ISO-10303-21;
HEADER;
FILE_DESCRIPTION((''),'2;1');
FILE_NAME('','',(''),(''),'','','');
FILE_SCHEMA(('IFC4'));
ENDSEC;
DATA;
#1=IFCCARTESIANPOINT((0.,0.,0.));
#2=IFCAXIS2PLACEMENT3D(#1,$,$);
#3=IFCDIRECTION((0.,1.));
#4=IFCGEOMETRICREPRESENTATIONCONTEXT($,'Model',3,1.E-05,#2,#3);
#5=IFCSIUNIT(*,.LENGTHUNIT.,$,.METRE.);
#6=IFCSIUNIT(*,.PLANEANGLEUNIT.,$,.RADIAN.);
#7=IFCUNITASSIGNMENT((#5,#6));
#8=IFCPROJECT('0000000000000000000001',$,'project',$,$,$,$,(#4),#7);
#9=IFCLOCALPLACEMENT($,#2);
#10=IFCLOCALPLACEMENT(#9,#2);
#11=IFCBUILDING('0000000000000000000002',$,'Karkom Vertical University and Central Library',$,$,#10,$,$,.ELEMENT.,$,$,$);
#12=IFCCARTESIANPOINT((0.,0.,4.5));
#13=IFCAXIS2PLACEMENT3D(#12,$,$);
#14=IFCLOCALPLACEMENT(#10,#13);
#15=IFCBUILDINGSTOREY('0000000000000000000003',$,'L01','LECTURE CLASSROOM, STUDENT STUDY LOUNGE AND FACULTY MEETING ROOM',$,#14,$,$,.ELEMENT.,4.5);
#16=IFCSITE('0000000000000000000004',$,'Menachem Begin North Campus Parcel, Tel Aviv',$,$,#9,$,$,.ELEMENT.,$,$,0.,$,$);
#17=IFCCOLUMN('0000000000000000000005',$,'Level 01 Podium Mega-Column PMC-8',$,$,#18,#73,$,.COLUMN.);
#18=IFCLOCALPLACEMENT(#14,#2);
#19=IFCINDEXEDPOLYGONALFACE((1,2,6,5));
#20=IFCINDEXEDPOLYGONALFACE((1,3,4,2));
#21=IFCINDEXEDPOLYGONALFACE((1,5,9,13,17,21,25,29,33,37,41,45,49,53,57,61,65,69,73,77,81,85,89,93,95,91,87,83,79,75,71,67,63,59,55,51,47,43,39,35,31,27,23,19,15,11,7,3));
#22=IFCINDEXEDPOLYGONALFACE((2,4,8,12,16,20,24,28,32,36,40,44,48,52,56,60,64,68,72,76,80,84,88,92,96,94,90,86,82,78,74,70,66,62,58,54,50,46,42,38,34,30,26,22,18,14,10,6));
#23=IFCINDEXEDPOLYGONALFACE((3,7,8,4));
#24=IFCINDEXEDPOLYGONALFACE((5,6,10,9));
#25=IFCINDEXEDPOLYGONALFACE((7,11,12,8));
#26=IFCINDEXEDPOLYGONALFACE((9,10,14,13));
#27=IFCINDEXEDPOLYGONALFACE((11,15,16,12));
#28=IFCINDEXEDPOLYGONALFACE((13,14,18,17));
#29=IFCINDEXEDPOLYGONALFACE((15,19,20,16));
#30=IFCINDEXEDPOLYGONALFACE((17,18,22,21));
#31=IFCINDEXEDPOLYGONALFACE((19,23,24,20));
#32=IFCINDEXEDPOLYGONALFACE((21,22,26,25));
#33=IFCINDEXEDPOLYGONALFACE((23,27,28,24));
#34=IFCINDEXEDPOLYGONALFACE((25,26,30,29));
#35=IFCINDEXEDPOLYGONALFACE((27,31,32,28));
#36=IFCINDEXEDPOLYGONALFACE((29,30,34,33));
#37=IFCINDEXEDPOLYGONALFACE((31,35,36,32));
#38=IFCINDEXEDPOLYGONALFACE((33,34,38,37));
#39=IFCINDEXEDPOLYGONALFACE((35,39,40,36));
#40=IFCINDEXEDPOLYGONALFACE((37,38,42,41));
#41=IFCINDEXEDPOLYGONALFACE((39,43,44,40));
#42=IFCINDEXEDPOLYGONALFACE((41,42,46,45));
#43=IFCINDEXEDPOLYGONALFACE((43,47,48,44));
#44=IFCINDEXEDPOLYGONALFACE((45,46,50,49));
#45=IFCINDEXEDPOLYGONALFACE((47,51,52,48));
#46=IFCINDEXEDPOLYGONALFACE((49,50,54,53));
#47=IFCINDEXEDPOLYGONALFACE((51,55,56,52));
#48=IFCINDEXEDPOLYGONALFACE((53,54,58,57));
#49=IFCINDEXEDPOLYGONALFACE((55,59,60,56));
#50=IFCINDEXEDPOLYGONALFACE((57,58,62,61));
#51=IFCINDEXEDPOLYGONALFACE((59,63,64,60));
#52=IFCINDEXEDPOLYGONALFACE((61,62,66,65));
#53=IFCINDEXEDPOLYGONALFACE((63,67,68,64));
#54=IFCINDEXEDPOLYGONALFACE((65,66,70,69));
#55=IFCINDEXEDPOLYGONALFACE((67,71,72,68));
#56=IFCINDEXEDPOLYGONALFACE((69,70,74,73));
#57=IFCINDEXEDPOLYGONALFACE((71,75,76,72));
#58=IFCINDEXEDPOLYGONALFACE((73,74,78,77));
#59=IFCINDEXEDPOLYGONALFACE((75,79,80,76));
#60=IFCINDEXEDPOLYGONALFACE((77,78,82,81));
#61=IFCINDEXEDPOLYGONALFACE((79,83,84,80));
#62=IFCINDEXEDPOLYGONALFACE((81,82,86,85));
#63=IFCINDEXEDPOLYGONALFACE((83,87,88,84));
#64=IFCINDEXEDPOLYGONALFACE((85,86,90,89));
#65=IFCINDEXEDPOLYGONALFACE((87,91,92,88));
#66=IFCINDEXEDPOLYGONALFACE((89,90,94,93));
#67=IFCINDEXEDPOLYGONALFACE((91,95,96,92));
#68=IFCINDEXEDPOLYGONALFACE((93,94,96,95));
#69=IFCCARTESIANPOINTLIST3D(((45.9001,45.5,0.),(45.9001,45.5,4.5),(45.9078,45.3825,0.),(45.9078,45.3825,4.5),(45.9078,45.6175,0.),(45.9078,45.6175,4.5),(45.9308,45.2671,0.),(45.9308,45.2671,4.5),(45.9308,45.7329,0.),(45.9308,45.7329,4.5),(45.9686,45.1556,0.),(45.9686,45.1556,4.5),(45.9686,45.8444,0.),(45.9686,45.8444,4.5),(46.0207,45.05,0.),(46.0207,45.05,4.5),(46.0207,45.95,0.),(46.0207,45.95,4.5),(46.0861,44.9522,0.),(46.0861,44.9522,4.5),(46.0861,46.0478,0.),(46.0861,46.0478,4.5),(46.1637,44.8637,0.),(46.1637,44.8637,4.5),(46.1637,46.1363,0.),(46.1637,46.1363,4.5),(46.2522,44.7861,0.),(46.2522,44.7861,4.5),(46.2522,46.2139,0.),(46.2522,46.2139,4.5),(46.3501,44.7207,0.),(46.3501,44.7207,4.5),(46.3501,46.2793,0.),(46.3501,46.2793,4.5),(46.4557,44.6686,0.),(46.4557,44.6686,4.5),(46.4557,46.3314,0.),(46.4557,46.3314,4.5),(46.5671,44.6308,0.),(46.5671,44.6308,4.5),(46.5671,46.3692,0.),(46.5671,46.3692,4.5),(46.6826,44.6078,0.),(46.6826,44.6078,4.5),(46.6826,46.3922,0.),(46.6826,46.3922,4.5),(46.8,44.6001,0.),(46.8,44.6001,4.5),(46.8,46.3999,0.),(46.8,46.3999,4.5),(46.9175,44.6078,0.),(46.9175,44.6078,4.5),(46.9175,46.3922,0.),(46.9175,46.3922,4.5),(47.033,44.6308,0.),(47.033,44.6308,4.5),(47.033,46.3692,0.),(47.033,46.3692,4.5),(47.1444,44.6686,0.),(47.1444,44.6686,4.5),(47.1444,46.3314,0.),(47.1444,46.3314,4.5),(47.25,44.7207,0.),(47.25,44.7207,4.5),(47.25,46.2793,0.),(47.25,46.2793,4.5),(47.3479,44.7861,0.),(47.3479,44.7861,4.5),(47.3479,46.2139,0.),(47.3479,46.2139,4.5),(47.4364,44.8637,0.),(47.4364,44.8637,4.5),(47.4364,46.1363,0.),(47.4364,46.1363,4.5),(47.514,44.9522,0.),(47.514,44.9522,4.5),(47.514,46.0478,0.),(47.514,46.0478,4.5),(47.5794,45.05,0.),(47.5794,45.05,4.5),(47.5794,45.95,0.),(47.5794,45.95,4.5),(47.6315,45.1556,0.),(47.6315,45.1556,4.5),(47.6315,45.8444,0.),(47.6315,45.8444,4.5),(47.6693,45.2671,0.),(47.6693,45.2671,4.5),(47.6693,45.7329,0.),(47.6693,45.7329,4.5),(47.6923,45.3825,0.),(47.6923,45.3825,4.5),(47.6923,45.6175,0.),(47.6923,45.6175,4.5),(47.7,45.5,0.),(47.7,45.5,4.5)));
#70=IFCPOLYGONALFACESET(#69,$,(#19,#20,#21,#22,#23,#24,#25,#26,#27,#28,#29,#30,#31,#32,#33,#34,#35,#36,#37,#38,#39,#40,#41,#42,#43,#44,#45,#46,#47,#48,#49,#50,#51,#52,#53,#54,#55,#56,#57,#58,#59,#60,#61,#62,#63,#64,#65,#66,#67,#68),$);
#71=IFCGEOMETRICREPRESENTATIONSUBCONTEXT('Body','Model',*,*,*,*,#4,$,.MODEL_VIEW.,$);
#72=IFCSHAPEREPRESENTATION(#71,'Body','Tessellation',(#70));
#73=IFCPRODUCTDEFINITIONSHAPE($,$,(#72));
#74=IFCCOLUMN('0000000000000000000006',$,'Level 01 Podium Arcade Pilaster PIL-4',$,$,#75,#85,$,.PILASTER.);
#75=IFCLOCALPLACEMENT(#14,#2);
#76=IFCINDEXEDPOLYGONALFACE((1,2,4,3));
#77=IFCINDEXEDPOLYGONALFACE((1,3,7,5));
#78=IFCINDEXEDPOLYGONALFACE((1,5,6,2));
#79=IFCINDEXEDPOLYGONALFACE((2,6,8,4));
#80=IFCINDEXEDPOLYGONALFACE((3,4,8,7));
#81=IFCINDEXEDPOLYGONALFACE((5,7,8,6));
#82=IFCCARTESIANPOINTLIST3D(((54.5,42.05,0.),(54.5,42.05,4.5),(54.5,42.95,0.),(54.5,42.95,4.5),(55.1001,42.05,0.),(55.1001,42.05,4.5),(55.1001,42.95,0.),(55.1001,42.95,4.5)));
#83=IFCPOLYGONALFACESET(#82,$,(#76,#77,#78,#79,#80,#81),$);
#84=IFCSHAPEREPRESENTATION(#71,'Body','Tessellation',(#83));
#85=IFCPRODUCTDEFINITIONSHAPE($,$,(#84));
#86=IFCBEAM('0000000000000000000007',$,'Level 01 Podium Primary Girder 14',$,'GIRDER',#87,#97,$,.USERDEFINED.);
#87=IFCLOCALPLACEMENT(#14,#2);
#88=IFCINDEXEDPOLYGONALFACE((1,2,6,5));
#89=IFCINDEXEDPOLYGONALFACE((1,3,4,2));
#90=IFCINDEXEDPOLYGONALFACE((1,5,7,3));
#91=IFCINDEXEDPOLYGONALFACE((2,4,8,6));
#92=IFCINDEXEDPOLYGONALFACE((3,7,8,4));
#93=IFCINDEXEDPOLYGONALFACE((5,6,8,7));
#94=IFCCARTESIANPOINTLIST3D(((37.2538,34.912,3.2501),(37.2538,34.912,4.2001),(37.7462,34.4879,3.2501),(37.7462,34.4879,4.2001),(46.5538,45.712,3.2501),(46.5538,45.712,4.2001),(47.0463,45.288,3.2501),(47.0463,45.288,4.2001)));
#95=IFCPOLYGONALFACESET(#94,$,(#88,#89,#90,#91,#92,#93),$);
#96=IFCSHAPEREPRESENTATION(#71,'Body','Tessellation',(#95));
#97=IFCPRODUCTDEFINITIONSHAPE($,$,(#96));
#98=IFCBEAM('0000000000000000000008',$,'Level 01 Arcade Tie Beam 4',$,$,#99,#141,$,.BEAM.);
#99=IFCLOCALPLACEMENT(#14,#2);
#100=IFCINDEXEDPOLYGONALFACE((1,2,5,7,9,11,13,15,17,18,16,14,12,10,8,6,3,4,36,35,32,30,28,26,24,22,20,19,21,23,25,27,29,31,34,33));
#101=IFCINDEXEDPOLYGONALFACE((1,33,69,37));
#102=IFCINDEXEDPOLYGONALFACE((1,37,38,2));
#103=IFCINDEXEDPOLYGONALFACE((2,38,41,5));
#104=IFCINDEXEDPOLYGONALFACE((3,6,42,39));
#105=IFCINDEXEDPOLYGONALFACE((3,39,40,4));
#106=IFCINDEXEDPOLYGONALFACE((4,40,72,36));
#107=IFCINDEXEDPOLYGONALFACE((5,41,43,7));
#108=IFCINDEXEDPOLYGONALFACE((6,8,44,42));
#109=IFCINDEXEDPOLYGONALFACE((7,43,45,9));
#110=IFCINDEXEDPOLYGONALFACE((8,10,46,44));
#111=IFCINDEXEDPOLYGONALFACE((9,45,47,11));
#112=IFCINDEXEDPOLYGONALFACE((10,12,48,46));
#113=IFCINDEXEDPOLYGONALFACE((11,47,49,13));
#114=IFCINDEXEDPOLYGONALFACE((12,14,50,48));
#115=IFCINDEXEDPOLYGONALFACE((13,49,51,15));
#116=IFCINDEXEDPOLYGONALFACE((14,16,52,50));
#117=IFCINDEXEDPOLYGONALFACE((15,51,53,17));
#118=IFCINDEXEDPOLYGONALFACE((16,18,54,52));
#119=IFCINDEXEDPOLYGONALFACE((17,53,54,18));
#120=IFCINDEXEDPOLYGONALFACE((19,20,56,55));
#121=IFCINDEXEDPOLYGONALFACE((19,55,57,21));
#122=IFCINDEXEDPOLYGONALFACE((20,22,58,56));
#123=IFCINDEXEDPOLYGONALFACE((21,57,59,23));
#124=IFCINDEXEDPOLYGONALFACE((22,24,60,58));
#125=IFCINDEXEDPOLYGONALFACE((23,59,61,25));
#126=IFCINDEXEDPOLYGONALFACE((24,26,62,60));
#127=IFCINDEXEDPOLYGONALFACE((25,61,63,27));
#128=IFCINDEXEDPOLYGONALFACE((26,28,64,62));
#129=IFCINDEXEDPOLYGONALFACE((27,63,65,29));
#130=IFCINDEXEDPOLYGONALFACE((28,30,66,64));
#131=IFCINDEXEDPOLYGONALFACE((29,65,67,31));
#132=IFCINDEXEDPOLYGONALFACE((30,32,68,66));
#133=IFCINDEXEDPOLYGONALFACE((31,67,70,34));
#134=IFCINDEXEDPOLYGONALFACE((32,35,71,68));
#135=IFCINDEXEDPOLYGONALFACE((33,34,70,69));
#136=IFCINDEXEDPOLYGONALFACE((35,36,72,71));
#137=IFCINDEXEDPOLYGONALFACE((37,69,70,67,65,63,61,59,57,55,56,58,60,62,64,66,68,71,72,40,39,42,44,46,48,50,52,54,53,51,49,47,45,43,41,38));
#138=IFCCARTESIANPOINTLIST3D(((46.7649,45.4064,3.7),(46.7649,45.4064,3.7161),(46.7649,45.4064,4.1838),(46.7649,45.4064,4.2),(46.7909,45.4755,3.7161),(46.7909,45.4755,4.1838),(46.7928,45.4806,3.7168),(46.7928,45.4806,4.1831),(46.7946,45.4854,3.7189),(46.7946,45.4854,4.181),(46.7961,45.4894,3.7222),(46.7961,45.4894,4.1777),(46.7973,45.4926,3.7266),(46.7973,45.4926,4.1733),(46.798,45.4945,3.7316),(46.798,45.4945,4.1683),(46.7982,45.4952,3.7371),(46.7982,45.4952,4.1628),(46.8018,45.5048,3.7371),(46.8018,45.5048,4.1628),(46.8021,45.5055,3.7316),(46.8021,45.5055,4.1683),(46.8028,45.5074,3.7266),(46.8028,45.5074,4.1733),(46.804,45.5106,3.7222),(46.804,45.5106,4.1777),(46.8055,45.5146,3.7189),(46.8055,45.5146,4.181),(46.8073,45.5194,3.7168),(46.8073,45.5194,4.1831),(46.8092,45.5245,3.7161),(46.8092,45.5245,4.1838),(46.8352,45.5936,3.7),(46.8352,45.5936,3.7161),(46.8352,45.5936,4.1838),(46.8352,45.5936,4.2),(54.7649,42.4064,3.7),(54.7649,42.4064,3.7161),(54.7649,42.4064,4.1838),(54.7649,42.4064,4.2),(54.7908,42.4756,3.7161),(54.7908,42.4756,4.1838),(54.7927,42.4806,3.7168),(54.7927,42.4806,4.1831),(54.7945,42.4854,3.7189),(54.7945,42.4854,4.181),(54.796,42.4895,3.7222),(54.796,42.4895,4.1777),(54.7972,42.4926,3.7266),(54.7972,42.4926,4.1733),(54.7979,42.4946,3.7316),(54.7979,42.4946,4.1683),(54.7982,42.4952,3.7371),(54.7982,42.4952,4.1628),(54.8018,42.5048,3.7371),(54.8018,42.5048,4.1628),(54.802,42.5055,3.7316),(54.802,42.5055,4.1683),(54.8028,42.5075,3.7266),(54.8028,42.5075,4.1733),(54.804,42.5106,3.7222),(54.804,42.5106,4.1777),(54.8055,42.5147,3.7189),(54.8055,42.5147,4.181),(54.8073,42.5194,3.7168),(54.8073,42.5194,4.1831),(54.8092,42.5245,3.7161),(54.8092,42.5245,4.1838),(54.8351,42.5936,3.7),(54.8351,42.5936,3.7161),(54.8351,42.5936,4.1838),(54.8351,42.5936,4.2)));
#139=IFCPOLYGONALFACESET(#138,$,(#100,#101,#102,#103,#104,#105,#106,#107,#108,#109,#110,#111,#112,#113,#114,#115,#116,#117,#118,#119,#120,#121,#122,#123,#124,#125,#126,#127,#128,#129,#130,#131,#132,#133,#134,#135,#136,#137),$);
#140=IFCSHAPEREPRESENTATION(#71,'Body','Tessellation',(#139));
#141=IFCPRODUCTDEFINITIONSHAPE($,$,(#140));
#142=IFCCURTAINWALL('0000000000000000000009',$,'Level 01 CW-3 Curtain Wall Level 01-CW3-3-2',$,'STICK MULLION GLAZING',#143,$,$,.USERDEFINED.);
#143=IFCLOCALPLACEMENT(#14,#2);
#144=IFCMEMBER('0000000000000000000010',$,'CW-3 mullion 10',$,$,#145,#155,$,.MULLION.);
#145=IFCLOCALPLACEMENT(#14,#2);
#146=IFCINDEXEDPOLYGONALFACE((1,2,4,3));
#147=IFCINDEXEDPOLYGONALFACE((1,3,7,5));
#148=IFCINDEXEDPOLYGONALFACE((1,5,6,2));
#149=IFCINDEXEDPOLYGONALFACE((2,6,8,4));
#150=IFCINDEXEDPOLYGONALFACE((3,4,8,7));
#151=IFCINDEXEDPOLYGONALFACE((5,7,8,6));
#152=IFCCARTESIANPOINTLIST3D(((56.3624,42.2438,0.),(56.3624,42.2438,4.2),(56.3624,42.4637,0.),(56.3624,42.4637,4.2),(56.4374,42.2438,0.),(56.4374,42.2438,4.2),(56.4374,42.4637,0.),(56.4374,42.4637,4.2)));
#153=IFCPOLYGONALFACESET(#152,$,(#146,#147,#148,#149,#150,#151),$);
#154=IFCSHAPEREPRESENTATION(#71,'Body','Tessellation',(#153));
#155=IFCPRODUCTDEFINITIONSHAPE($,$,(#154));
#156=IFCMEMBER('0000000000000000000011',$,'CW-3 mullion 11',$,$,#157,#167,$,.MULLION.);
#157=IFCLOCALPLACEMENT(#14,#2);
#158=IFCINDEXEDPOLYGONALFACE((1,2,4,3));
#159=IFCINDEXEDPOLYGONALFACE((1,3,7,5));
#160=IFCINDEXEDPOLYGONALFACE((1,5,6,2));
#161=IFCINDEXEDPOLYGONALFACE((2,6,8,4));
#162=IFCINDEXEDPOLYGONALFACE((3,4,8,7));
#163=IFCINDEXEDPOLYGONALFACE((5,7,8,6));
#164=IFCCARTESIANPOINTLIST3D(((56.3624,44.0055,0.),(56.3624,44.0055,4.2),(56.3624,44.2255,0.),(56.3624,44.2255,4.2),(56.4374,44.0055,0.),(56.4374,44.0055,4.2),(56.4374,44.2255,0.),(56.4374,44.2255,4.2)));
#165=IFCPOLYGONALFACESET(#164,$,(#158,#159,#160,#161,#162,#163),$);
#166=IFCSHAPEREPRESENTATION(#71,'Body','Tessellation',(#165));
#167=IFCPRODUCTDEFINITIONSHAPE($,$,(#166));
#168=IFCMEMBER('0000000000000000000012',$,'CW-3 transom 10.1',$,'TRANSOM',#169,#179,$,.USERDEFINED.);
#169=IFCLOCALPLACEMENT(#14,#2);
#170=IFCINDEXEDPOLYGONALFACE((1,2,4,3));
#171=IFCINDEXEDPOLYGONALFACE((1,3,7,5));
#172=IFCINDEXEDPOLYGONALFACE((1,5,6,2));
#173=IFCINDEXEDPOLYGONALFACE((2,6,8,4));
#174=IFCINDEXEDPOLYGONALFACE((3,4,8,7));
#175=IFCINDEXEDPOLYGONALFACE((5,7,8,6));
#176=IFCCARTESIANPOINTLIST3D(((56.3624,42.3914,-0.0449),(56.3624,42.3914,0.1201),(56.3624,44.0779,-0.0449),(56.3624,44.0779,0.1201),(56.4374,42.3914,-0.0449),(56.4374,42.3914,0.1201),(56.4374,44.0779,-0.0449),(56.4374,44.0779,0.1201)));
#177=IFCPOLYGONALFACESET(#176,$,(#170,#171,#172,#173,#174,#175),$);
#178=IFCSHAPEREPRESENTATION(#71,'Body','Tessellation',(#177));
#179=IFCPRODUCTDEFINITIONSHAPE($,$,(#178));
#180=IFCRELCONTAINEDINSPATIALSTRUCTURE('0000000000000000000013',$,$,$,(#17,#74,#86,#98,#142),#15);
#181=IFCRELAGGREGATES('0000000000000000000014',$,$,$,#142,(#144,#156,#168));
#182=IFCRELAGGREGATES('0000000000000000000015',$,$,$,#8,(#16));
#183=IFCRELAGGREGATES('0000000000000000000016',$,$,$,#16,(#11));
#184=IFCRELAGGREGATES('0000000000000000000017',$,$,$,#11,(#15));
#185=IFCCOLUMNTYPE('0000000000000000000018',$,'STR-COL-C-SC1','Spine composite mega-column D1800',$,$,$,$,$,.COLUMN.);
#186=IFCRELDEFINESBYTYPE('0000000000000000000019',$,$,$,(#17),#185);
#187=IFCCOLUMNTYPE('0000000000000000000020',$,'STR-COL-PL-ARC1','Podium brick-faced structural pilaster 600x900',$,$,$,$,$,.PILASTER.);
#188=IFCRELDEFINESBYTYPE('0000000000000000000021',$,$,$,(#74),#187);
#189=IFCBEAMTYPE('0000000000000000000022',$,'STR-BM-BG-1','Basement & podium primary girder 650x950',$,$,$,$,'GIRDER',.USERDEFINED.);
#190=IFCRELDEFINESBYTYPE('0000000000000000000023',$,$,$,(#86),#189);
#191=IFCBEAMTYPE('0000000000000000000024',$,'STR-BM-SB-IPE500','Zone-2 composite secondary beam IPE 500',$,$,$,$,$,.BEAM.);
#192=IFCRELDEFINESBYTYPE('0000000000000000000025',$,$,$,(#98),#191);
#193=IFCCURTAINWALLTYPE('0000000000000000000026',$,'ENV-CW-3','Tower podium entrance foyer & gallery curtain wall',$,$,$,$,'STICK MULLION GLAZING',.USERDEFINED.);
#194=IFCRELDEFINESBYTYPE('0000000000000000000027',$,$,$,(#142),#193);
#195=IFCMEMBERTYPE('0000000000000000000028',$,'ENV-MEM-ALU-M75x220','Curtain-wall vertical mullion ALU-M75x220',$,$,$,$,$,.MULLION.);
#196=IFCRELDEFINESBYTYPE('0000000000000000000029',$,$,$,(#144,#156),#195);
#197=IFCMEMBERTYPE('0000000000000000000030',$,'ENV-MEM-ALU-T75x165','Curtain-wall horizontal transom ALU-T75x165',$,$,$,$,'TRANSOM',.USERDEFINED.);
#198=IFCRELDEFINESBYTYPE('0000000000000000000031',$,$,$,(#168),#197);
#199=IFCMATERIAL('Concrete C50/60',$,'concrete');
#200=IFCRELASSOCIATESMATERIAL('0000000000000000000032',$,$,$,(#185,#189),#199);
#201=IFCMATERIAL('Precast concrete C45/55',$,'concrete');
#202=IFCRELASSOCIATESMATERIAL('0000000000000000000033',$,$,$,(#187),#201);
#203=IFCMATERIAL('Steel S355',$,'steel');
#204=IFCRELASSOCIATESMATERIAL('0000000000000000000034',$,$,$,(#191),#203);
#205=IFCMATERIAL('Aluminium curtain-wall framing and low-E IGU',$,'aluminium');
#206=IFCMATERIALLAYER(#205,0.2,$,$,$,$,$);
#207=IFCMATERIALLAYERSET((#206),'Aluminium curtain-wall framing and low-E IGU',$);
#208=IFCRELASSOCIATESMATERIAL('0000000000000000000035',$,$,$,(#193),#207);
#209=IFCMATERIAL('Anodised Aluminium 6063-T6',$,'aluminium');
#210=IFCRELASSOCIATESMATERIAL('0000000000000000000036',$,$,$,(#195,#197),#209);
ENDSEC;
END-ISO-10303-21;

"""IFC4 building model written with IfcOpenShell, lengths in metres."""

from ifc_helpers import new_model, si_unit, direction, frame, origin, origin_with_axes, origin_2d, place, context, subcontext, project, spatial, rectangle, circle, i_section, extrude, source, transform, mapped, material, layer, layer_set, material_profile, profile_set, type_object, element, aggregate, save


model = new_model("IFC4")

# Units and contexts
model_context = context("Model", 3, precision=1e-05, world=origin(), true_north=direction((0.0, 1.0)))
body_context = subcontext(model_context, "Body", "Model", "MODEL_VIEW")
ifc_project = project(units=[si_unit("LENGTHUNIT", "METRE"), si_unit("PLANEANGLEUNIT", "RADIAN")], contexts=[model_context])

# Site, building, storey
site_placement = place(None, origin())
site = spatial("IfcSite", under=ifc_project, at=site_placement, Name="Menachem Begin North Campus Parcel, Tel Aviv", CompositionType="ELEMENT", RefElevation=0.0)
building_placement = place(site_placement, origin())
building = spatial("IfcBuilding", under=site, at=building_placement, Name="Karkom Vertical University and Central Library", CompositionType="ELEMENT")
storey_placement = place(building_placement, frame((0.0, 0.0, 4.5)))
storey = spatial("IfcBuildingStorey", under=building, at=storey_placement, Name="L01", Description="LECTURE CLASSROOM, STUDENT STUDY LOUNGE AND FACULTY MEETING ROOM", CompositionType="ELEMENT", Elevation=4.5)

# Columns
ifc_material_1 = material(Name="Concrete C50/60", Category="concrete")
ifc_material_profile_1 = material_profile(ifc_material_1, circle(Radius=0.8999, at=origin_2d()), Name="CFT-D1800")
ifc_profile_set_1 = profile_set([ifc_material_profile_1], Name="Concrete C50/60")
column_type_1 = type_object("IfcColumnType", Name="STR-COL-C-SC1", Description="Spine composite mega-column D1800", PredefinedType="COLUMN", material=ifc_profile_set_1)
shared_shape_1 = source(origin_with_axes(), body_context, "Body", "SweptSolid", [
    extrude(circle(Radius=0.8999, at=origin_2d()), origin(), (0.0, 0.0, 1.0), 4.5),
])
column_1_placement = place(storey_placement, frame((46.8, 45.5, 0.0), z_axis=(0.0, 0.0, 1.0), x_axis=(1.0, 0.0, 0.0)))
element("IfcColumn", 1, at=column_1_placement, inside=storey, type_object=column_type_1, Name="Level 01 Podium Mega-Column PMC-8", PredefinedType="COLUMN", context=body_context, shape_type="MappedRepresentation", body=[
    mapped(shared_shape_1, transform((0.0, 0.0, 0.0), scale=1.0)),
])
ifc_material_2 = material(Name="Precast concrete C45/55", Category="concrete")
ifc_material_profile_2 = material_profile(ifc_material_2, rectangle(XDim=0.6001, YDim=0.8999, at=origin_2d()), Name="PIL-600x900")
ifc_profile_set_2 = profile_set([ifc_material_profile_2], Name="Precast concrete C45/55")
column_type_2 = type_object("IfcColumnType", Name="STR-COL-PL-ARC1", Description="Podium brick-faced structural pilaster 600x900", PredefinedType="PILASTER", material=ifc_profile_set_2)
shared_shape_2 = source(origin_with_axes(), body_context, "Body", "SweptSolid", [
    extrude(rectangle(XDim=0.6001, YDim=0.8999, at=origin_2d()), origin(), (0.0, 0.0, 1.0), 4.5),
])
column_2_placement = place(storey_placement, frame((54.8, 42.5, 0.0), z_axis=(0.0, 0.0, 1.0), x_axis=(1.0, 0.0, 0.0)))
element("IfcColumn", 2, at=column_2_placement, inside=storey, type_object=column_type_2, Name="Level 01 Podium Arcade Pilaster PIL-4", PredefinedType="PILASTER", context=body_context, shape_type="MappedRepresentation", body=[
    mapped(shared_shape_2, transform((0.0, 0.0, 0.0), scale=1.0)),
])

# Beams
ifc_material_profile_3 = material_profile(ifc_material_1, rectangle(XDim=0.6499, YDim=0.95, at=origin_2d()), Name="RCG-650x950")
ifc_profile_set_3 = profile_set([ifc_material_profile_3], Name="Concrete C50/60")
beam_type_1 = type_object("IfcBeamType", Name="STR-BM-BG-1", Description="Basement & podium primary girder 650x950", ElementType="GIRDER", PredefinedType="USERDEFINED", material=ifc_profile_set_3)
shared_shape_3 = source(origin_with_axes(), body_context, "Body", "SweptSolid", [
    extrude(rectangle(XDim=0.6499, YDim=0.95, at=origin_2d()), origin(), (0.0, 0.0, 1.0), 14.2524),
])
beam_1_placement = place(storey_placement, frame((46.8, 45.5, 3.7251), z_axis=(-0.652523, -0.757769, 0.0), x_axis=(0.757769, -0.652523, 0.0)))
element("IfcBeam", 3, at=beam_1_placement, inside=storey, type_object=beam_type_1, Name="Level 01 Podium Primary Girder 14", ObjectType="GIRDER", PredefinedType="USERDEFINED", context=body_context, shape_type="MappedRepresentation", body=[
    mapped(shared_shape_3, transform((0.0, 0.0, 0.0), scale=1.0)),
])
ifc_material_3 = material(Name="Steel S355", Category="steel")
ifc_material_profile_4 = material_profile(ifc_material_3, i_section(OverallWidth=0.2, OverallDepth=0.5, WebThickness=0.0103, FlangeThickness=0.0161, FilletRadius=0.021, at=origin_2d()), Name="IPE 500")
ifc_profile_set_4 = profile_set([ifc_material_profile_4], Name="Steel S355")
beam_type_2 = type_object("IfcBeamType", Name="STR-BM-SB-IPE500", Description="Zone-2 composite secondary beam IPE 500", PredefinedType="BEAM", material=ifc_profile_set_4)
shared_shape_4 = source(origin_with_axes(), body_context, "Body", "SweptSolid", [
    extrude(i_section(OverallWidth=0.2, OverallDepth=0.5, WebThickness=0.0103, FlangeThickness=0.0161, FilletRadius=0.021, at=origin_2d()), origin(), (0.0, 0.0, 1.0), 8.5439),
])
beam_2_placement = place(storey_placement, frame((46.8, 45.5, 3.95), z_axis=(0.936329, -0.351123, 0.0), x_axis=(0.351123, 0.936329, 0.0)))
element("IfcBeam", 4, at=beam_2_placement, inside=storey, type_object=beam_type_2, Name="Level 01 Arcade Tie Beam 4", PredefinedType="BEAM", context=body_context, shape_type="MappedRepresentation", body=[
    mapped(shared_shape_4, transform((0.0, 0.0, 0.0), scale=1.0)),
])

# Curtain wall, members
ifc_material_4 = material(Name="Aluminium curtain-wall framing and low-E IGU", Category="aluminium")
ifc_layer_1 = layer(ifc_material_4, 0.2)
ifc_layer_set_1 = layer_set([ifc_layer_1], Name="Aluminium curtain-wall framing and low-E IGU")
curtain_wall_type = type_object("IfcCurtainWallType", Name="ENV-CW-3", Description="Tower podium entrance foyer & gallery curtain wall", ElementType="STICK MULLION GLAZING", PredefinedType="USERDEFINED", material=ifc_layer_set_1)
curtain_wall_placement = place(storey_placement, origin())
curtain_wall = element("IfcCurtainWall", 5, at=curtain_wall_placement, inside=storey, type_object=curtain_wall_type, Name="Level 01 CW-3 Curtain Wall Level 01-CW3-3-2", ObjectType="STICK MULLION GLAZING", PredefinedType="USERDEFINED")
ifc_material_5 = material(Name="Anodised Aluminium 6063-T6", Category="aluminium")
ifc_material_profile_5 = material_profile(ifc_material_5, rectangle(XDim=0.075, YDim=0.22, at=origin_2d()), Name="ALU-M75x220")
ifc_profile_set_5 = profile_set([ifc_material_profile_5], Name="Anodised Aluminium 6063-T6")
member_type_1 = type_object("IfcMemberType", Name="ENV-MEM-ALU-M75x220", Description="Curtain-wall vertical mullion ALU-M75x220", PredefinedType="MULLION", material=ifc_profile_set_5)
shared_shape_5 = source(origin_with_axes(), body_context, "Body", "SweptSolid", [
    extrude(rectangle(XDim=0.075, YDim=0.22, at=origin_2d()), origin(), (0.0, 0.0, 1.0), 4.2),
])
member_1_placement = place(storey_placement, frame((56.3999, 42.3538, 0.0), z_axis=(0.0, 0.0, 1.0), x_axis=(-1.0, 0.0, 0.0)))
member_1 = element("IfcMember", 6, at=member_1_placement, type_object=member_type_1, Name="CW-3 mullion 10", PredefinedType="MULLION", context=body_context, shape_type="MappedRepresentation", body=[
    mapped(shared_shape_5, transform((0.0, 0.0, 0.0), scale=1.0)),
])
member_2_placement = place(storey_placement, frame((56.3999, 44.1155, 0.0), z_axis=(0.0, 0.0, 1.0), x_axis=(-1.0, 0.0, 0.0)))
member_2 = element("IfcMember", 7, at=member_2_placement, type_object=member_type_1, Name="CW-3 mullion 11", PredefinedType="MULLION", context=body_context, shape_type="MappedRepresentation", body=[
    mapped(shared_shape_5, transform((0.0, 0.0, 0.0), scale=1.0)),
])
ifc_material_profile_6 = material_profile(ifc_material_5, rectangle(XDim=0.075, YDim=0.165, at=origin_2d()), Name="ALU-T75x165")
ifc_profile_set_6 = profile_set([ifc_material_profile_6], Name="Anodised Aluminium 6063-T6")
member_type_2 = type_object("IfcMemberType", Name="ENV-MEM-ALU-T75x165", Description="Curtain-wall horizontal transom ALU-T75x165", ElementType="TRANSOM", PredefinedType="USERDEFINED", material=ifc_profile_set_6)
shared_shape_6 = source(origin_with_axes(), body_context, "Body", "SweptSolid", [
    extrude(rectangle(XDim=0.075, YDim=0.165, at=origin_2d()), origin(), (0.0, 0.0, 1.0), 1.6865),
])
member_3_placement = place(storey_placement, frame((56.3999, 42.3914, 0.0376), z_axis=(0.0, 1.0, 0.0), x_axis=(-1.0, 0.0, 0.0)))
member_3 = element("IfcMember", 8, at=member_3_placement, type_object=member_type_2, Name="CW-3 transom 10.1", ObjectType="TRANSOM", PredefinedType="USERDEFINED", context=body_context, shape_type="MappedRepresentation", body=[
    mapped(shared_shape_6, transform((0.0, 0.0, 0.0), scale=1.0)),
])
aggregate(curtain_wall, [member_1, member_2, member_3])

save(model, "model.ifc")
